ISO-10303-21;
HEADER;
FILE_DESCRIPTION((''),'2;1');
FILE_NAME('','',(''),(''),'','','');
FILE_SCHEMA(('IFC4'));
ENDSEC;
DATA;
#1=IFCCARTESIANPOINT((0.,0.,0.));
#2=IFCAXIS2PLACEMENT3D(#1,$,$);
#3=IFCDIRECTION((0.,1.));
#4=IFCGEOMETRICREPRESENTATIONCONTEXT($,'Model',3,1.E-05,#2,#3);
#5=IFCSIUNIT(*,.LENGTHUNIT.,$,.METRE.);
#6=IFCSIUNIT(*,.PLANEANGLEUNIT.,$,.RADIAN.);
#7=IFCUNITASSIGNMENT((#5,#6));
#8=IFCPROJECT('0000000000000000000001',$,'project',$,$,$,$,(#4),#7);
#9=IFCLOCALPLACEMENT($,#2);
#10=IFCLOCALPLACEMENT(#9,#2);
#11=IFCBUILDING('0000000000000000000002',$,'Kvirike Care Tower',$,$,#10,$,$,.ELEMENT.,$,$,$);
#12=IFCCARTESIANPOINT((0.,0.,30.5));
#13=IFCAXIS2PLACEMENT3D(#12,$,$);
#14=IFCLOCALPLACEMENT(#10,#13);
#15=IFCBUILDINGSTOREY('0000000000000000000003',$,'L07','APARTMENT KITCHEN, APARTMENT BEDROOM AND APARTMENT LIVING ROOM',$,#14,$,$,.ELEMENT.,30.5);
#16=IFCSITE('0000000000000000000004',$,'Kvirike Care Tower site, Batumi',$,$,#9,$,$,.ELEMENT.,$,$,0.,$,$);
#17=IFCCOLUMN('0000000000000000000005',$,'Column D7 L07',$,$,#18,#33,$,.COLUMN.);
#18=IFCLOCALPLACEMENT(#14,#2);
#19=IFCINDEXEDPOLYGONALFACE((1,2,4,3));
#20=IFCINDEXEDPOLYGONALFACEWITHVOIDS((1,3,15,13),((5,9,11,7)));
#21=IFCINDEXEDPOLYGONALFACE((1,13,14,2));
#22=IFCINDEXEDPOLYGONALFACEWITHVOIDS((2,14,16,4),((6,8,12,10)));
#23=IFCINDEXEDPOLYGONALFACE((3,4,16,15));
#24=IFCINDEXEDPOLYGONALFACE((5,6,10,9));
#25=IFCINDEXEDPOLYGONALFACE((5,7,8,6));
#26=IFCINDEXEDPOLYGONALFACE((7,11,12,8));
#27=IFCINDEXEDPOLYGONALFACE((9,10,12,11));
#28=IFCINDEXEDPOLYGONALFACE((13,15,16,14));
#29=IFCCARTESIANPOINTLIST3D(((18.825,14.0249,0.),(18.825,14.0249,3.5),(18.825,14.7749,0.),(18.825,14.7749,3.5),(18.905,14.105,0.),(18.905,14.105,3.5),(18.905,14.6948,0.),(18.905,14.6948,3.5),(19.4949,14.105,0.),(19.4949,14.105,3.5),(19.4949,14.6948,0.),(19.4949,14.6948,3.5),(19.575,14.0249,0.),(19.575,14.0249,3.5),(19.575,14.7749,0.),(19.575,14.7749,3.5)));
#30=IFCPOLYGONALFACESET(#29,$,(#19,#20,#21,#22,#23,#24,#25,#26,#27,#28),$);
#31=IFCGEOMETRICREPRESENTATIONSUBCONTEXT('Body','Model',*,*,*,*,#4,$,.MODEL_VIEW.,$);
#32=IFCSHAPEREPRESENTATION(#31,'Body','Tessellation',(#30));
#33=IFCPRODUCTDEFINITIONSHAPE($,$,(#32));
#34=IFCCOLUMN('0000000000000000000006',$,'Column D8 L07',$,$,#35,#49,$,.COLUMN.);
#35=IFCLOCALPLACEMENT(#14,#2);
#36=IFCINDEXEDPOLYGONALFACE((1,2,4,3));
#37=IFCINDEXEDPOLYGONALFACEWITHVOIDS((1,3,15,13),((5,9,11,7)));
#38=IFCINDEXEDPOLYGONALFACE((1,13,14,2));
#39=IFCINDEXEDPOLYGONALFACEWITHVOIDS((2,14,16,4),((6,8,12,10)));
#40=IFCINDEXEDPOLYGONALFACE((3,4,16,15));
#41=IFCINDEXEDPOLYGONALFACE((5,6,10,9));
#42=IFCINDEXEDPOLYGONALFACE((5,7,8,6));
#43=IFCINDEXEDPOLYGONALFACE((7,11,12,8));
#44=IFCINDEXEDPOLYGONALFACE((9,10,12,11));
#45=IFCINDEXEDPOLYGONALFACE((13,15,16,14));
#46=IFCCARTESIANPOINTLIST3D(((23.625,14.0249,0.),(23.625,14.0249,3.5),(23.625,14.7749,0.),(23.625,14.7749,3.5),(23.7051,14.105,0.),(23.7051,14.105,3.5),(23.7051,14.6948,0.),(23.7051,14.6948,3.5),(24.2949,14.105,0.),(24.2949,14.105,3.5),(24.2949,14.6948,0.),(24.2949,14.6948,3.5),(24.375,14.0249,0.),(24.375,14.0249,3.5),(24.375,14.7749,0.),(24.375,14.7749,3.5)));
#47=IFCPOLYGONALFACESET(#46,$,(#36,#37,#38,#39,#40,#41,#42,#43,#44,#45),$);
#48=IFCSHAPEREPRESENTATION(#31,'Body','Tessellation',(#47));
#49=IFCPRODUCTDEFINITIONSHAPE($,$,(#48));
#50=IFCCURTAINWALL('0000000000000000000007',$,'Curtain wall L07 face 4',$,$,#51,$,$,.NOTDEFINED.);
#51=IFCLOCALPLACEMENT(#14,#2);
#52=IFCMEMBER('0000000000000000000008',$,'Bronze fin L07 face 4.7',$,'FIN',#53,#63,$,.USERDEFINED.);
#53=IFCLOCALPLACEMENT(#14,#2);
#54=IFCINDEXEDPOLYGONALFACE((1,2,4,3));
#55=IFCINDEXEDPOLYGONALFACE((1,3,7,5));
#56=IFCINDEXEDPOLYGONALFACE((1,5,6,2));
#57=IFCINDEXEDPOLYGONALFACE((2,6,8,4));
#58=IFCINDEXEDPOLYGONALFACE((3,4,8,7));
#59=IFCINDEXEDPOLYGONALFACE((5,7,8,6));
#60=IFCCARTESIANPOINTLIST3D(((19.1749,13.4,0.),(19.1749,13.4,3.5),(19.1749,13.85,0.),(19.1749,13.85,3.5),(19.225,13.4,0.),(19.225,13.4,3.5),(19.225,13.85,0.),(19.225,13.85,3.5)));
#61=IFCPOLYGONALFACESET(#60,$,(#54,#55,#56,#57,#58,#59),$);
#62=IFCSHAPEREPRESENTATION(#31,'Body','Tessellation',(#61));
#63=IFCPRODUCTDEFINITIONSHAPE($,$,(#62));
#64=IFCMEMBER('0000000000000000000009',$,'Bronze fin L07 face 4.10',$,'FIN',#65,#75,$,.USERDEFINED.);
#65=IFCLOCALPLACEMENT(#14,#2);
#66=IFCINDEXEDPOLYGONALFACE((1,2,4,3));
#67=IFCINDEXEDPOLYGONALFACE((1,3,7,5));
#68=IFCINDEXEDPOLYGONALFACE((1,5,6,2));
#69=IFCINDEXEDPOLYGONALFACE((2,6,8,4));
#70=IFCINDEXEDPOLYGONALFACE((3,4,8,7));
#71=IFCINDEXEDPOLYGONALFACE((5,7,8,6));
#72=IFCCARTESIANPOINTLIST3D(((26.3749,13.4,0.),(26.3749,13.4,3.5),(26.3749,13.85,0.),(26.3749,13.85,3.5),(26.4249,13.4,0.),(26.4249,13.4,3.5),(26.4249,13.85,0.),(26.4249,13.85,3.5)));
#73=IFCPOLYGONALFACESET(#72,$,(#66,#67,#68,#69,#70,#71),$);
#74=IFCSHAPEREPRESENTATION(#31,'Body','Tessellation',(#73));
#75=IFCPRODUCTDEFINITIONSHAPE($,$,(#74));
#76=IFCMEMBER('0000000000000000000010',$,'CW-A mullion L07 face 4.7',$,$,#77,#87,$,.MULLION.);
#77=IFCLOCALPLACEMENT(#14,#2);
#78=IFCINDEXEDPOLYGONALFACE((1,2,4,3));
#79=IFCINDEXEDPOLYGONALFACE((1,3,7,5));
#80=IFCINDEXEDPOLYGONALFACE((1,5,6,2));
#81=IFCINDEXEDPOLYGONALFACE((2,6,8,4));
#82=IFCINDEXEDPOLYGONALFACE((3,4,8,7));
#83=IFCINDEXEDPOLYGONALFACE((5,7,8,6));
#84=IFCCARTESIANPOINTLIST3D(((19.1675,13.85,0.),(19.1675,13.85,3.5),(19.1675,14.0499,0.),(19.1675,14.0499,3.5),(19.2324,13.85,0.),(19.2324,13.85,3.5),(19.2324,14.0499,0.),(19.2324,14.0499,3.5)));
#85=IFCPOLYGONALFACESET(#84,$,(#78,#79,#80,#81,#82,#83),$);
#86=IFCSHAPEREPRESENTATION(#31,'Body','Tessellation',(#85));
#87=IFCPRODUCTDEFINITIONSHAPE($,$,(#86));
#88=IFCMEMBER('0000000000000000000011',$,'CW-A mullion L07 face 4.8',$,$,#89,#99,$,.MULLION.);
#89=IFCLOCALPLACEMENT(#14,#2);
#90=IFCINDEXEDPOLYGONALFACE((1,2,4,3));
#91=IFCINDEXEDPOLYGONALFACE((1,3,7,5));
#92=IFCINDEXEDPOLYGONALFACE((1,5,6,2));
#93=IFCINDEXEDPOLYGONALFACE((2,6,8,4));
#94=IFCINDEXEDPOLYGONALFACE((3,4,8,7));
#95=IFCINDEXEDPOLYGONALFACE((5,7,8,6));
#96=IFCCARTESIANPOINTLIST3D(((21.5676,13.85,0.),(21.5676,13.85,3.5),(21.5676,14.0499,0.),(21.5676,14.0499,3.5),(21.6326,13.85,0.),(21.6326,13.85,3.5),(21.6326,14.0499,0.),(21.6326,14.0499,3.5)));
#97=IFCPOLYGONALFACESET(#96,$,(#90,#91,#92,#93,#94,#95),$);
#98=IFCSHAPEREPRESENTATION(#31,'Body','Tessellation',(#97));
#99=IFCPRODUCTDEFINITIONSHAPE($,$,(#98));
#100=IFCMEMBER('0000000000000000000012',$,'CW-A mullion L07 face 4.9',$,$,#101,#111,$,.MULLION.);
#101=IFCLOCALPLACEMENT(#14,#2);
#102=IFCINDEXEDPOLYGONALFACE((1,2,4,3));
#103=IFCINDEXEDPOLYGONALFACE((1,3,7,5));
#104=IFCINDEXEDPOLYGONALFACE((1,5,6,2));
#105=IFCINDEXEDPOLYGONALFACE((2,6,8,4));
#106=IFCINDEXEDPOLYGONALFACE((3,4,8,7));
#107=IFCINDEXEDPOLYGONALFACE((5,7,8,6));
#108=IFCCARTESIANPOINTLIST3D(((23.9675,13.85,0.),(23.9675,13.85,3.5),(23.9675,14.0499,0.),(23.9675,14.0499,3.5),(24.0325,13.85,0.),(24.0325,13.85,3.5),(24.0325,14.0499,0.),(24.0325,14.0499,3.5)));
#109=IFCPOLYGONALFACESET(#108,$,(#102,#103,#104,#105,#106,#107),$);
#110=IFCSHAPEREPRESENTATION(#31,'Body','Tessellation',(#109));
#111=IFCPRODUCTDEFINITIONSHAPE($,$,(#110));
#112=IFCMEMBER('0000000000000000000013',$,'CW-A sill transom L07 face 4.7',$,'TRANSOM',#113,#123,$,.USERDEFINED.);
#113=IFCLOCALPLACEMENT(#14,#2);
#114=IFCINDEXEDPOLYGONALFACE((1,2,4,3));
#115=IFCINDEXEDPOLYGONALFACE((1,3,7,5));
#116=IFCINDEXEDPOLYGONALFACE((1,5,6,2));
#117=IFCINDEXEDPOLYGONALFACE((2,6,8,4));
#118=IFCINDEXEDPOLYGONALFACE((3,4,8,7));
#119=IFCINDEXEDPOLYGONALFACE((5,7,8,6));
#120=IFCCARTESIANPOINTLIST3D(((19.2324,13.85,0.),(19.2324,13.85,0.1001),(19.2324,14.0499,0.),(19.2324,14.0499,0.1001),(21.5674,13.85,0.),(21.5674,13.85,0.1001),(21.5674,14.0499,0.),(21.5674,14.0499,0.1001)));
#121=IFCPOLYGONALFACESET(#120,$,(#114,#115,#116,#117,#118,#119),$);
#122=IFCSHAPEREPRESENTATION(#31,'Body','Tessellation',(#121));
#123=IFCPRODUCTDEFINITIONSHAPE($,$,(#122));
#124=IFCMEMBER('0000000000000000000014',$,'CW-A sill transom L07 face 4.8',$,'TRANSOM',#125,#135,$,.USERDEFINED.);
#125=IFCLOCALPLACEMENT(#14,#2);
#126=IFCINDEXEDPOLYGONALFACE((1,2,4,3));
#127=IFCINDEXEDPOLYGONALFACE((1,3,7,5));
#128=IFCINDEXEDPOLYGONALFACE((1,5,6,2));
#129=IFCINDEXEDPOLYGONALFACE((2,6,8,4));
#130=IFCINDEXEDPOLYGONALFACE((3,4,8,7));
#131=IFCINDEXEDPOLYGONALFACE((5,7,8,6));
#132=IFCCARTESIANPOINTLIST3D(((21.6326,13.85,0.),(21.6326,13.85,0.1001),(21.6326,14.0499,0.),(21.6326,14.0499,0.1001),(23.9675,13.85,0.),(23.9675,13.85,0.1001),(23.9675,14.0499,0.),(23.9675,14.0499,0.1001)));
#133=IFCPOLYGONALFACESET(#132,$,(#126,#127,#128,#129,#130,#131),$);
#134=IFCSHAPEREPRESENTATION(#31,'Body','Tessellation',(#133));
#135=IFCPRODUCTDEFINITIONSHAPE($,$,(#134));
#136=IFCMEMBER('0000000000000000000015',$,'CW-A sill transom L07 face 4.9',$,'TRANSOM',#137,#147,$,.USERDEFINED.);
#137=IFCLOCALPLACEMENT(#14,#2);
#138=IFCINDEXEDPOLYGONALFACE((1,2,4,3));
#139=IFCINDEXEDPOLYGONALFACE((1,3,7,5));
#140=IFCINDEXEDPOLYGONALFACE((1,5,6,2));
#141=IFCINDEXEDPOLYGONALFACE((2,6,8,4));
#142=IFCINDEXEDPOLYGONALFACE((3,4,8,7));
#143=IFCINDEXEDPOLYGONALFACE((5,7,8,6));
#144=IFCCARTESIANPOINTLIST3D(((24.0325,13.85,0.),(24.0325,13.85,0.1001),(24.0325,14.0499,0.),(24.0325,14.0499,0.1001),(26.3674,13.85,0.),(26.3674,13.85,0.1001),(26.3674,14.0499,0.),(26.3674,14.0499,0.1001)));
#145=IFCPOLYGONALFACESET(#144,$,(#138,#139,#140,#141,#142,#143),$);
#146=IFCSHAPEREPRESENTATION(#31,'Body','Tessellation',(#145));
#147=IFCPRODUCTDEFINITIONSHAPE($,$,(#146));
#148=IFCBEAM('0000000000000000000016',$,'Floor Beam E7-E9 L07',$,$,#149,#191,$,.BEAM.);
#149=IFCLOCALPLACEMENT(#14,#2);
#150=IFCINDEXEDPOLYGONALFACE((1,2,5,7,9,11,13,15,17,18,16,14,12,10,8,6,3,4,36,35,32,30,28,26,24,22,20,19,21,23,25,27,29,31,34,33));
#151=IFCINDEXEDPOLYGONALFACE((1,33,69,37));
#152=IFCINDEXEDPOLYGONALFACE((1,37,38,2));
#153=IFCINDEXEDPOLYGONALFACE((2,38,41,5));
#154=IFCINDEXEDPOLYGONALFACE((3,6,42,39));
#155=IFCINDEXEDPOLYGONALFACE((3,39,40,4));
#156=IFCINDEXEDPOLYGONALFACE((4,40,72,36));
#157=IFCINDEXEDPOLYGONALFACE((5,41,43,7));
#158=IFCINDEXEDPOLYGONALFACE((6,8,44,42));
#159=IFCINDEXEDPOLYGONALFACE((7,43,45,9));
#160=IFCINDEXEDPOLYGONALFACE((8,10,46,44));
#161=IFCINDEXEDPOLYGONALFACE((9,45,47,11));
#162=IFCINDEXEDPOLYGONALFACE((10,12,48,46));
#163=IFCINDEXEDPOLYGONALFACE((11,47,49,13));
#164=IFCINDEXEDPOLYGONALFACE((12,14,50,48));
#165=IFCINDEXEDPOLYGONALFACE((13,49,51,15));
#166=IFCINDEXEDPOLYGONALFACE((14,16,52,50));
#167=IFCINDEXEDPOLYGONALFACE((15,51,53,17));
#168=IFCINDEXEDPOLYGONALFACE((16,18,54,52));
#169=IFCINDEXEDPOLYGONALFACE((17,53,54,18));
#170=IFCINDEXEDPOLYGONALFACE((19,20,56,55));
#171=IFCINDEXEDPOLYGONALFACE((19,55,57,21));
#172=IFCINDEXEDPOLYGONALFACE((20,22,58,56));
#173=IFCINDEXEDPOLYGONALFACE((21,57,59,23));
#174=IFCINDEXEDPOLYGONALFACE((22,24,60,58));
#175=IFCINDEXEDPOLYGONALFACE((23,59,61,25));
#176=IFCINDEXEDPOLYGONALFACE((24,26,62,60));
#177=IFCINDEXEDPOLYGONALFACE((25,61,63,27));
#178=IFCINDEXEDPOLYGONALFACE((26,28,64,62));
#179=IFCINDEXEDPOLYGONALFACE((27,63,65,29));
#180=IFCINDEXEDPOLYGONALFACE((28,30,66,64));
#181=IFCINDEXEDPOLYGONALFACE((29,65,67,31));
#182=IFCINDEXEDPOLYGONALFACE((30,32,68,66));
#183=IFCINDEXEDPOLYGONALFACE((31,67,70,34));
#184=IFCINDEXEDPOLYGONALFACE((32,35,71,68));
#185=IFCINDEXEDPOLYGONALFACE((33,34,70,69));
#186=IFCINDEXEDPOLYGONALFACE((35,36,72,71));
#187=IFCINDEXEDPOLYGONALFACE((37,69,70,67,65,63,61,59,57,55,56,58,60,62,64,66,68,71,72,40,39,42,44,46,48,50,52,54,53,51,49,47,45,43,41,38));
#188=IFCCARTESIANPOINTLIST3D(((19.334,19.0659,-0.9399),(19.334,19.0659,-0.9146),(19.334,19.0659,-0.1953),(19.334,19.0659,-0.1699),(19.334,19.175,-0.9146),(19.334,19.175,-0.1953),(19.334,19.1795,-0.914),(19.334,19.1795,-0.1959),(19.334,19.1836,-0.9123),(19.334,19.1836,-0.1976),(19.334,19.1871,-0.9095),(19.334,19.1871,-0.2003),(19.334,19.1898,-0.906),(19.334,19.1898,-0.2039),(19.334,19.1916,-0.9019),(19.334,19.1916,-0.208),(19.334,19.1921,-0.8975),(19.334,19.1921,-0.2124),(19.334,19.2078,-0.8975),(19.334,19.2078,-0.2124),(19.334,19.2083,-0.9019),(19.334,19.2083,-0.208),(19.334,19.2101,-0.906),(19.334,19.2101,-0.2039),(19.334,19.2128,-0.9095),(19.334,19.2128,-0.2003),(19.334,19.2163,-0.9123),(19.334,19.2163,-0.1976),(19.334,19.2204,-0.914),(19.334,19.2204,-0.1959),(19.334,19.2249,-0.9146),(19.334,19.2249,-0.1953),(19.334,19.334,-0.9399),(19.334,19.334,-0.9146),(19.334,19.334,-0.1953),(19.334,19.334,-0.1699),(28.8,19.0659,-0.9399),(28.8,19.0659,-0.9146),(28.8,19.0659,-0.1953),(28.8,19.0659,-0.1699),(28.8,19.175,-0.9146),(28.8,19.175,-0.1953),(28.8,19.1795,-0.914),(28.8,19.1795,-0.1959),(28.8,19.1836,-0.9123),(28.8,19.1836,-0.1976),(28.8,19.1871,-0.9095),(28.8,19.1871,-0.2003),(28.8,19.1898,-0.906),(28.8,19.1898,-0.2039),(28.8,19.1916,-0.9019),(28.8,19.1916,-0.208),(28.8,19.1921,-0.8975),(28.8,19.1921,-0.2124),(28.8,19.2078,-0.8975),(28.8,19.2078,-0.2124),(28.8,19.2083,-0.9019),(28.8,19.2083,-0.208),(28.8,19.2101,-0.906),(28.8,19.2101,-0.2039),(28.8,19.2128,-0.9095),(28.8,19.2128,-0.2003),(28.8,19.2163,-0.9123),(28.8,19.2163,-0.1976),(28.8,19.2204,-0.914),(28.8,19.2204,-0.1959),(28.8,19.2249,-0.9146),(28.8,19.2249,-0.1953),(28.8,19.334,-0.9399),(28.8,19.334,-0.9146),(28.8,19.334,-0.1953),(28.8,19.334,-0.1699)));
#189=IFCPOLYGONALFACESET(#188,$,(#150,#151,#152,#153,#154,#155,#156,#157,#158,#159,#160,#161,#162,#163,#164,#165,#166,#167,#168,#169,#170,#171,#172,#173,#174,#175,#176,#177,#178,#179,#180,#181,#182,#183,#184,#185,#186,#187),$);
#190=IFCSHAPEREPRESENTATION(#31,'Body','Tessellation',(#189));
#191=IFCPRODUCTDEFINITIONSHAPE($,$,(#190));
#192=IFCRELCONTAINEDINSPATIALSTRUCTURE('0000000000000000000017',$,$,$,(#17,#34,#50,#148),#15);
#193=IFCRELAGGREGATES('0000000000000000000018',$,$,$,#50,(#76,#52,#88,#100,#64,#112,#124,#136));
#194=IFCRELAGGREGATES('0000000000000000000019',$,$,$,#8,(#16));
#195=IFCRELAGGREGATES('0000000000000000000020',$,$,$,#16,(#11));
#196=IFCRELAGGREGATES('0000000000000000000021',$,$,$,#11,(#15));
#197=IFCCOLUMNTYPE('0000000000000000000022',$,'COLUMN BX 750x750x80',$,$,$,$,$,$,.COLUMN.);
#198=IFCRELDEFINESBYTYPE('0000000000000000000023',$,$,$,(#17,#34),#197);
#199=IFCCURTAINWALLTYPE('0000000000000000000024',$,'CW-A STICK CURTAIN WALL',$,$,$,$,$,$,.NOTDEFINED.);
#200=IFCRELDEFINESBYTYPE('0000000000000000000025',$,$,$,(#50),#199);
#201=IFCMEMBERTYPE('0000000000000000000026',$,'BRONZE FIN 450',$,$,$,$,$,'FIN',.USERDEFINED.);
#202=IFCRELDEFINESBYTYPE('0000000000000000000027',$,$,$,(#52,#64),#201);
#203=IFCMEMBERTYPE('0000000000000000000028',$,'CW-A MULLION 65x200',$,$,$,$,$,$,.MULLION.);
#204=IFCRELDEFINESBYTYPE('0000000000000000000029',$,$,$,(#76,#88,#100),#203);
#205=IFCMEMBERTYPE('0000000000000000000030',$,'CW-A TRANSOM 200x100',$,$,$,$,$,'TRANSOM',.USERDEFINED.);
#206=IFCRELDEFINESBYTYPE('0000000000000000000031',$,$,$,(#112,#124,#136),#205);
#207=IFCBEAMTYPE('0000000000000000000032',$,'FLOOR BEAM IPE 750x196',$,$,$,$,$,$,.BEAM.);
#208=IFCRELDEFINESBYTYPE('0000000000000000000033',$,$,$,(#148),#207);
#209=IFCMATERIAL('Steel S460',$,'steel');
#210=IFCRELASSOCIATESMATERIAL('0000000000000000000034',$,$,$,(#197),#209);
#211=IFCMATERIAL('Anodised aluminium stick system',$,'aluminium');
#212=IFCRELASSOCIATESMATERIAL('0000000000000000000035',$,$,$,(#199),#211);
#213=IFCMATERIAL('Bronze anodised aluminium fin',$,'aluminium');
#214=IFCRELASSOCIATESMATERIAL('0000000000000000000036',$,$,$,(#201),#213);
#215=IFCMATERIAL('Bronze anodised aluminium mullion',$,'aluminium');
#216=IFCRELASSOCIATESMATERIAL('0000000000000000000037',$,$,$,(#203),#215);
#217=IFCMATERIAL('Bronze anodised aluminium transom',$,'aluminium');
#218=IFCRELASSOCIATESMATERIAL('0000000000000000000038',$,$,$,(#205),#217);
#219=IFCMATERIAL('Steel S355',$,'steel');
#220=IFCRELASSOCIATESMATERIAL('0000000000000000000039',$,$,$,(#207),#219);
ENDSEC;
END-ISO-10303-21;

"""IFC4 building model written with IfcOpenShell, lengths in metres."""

from ifc_helpers import new_model, si_unit, direction, frame, origin, origin_2d, place, context, subcontext, project, spatial, rectangle, hollow_rectangle, i_section, extrude, material, material_profile, profile_set, type_object, element, aggregate, save


model = new_model("IFC4")

# Units and contexts
model_context = context("Model", 3, precision=1e-05, world=origin(), true_north=direction((0.0, 1.0)))
body_context = subcontext(model_context, "Body", "Model", "MODEL_VIEW")
ifc_project = project(units=[si_unit("LENGTHUNIT", "METRE"), si_unit("PLANEANGLEUNIT", "RADIAN")], contexts=[model_context])

# Site, building, storey
site_placement = place(None, origin())
site = spatial("IfcSite", under=ifc_project, at=site_placement, Name="Kvirike Care Tower site, Batumi", CompositionType="ELEMENT", RefElevation=0.0)
building_placement = place(site_placement, origin())
building = spatial("IfcBuilding", under=site, at=building_placement, Name="Kvirike Care Tower", CompositionType="ELEMENT")
storey_placement = place(building_placement, frame((0.0, 0.0, 30.5)))
storey = spatial("IfcBuildingStorey", under=building, at=storey_placement, Name="L07", Description="APARTMENT KITCHEN, APARTMENT BEDROOM AND APARTMENT LIVING ROOM", CompositionType="ELEMENT", Elevation=30.5)

# Columns
ifc_material_1 = material(Name="Steel S460", Category="steel")
ifc_material_profile_1 = material_profile(ifc_material_1, hollow_rectangle(XDim=0.75, YDim=0.75, WallThickness=0.0801, at=origin_2d()), Name="BX 750x750x80")
ifc_profile_set_1 = profile_set([ifc_material_profile_1], Name="Steel S460")
column_type = type_object("IfcColumnType", Name="COLUMN BX 750x750x80", PredefinedType="COLUMN", material=ifc_profile_set_1)
for number, where, z_axis, x_axis, name in (
    (1, (19.2, 14.3999, 0.0), (0.0, 0.0, 1.0), (0.0, 1.0, 0.0), "Column D7 L07"),
    (2, (24.0, 14.3999, 0.0), (0.0, 0.0, 1.0), (0.0, 1.0, 0.0), "Column D8 L07"),
):
    element("IfcColumn", number, at=place(storey_placement, frame(where, z_axis=z_axis, x_axis=x_axis)), inside=storey, type_object=column_type, Name=name, PredefinedType="COLUMN", context=body_context, shape_type="SweptSolid", body=[
        extrude(hollow_rectangle(XDim=0.75, YDim=0.75, WallThickness=0.0801, at=origin_2d()), origin(), (0.0, 0.0, 1.0), 3.5),
    ])

# Curtain wall, members
ifc_material_2 = material(Name="Anodised aluminium stick system", Category="aluminium")
curtain_wall_type = type_object("IfcCurtainWallType", Name="CW-A STICK CURTAIN WALL", PredefinedType="NOTDEFINED", material=ifc_material_2)
curtain_wall_placement = place(storey_placement, origin())
curtain_wall = element("IfcCurtainWall", 3, at=curtain_wall_placement, inside=storey, type_object=curtain_wall_type, Name="Curtain wall L07 face 4", PredefinedType="NOTDEFINED")
ifc_material_3 = material(Name="Bronze anodised aluminium fin", Category="aluminium")
ifc_material_profile_2 = material_profile(ifc_material_3, rectangle(XDim=0.05, YDim=0.45, at=origin_2d()), Name="BRONZE FIN 450")
ifc_profile_set_2 = profile_set([ifc_material_profile_2], Name="Bronze anodised aluminium fin")
member_type_1 = type_object("IfcMemberType", Name="BRONZE FIN 450", ElementType="FIN", PredefinedType="USERDEFINED", material=ifc_profile_set_2)
member_1_placement = place(storey_placement, frame((19.2, 13.625, 0.0), z_axis=(0.0, 0.0, 1.0), x_axis=(1.0, 0.0, 0.0)))
member_1 = element("IfcMember", 4, at=member_1_placement, type_object=member_type_1, Name="Bronze fin L07 face 4.7", ObjectType="FIN", PredefinedType="USERDEFINED", context=body_context, shape_type="SweptSolid", body=[
    extrude(rectangle(XDim=0.05, YDim=0.45, at=origin_2d()), origin(), (0.0, 0.0, 1.0), 3.5),
])
member_2_placement = place(storey_placement, frame((26.3999, 13.625, 0.0), z_axis=(0.0, 0.0, 1.0), x_axis=(1.0, 0.0, 0.0)))
member_2 = element("IfcMember", 5, at=member_2_placement, type_object=member_type_1, Name="Bronze fin L07 face 4.10", ObjectType="FIN", PredefinedType="USERDEFINED", context=body_context, shape_type="SweptSolid", body=[
    extrude(rectangle(XDim=0.05, YDim=0.45, at=origin_2d()), origin(), (0.0, 0.0, 1.0), 3.5),
])
ifc_material_4 = material(Name="Bronze anodised aluminium mullion", Category="aluminium")
ifc_material_profile_3 = material_profile(ifc_material_4, rectangle(XDim=0.0649, YDim=0.2, at=origin_2d()), Name="CW-A MULLION 65x200")
ifc_profile_set_3 = profile_set([ifc_material_profile_3], Name="Bronze anodised aluminium mullion")
member_type_2 = type_object("IfcMemberType", Name="CW-A MULLION 65x200", PredefinedType="MULLION", material=ifc_profile_set_3)
member_3_placement = place(storey_placement, frame((19.2, 13.95, 0.0), z_axis=(0.0, 0.0, 1.0), x_axis=(1.0, 0.0, 0.0)))
member_3 = element("IfcMember", 6, at=member_3_placement, type_object=member_type_2, Name="CW-A mullion L07 face 4.7", PredefinedType="MULLION", context=body_context, shape_type="SweptSolid", body=[
    extrude(rectangle(XDim=0.0649, YDim=0.2, at=origin_2d()), origin(), (0.0, 0.0, 1.0), 3.5),
])
member_4_placement = place(storey_placement, frame((21.6001, 13.95, 0.0), z_axis=(0.0, 0.0, 1.0), x_axis=(1.0, 0.0, 0.0)))
member_4 = element("IfcMember", 7, at=member_4_placement, type_object=member_type_2, Name="CW-A mullion L07 face 4.8", PredefinedType="MULLION", context=body_context, shape_type="SweptSolid", body=[
    extrude(rectangle(XDim=0.0649, YDim=0.2, at=origin_2d()), origin(), (0.0, 0.0, 1.0), 3.5),
])
member_5_placement = place(storey_placement, frame((24.0, 13.95, 0.0), z_axis=(0.0, 0.0, 1.0), x_axis=(1.0, 0.0, 0.0)))
member_5 = element("IfcMember", 8, at=member_5_placement, type_object=member_type_2, Name="CW-A mullion L07 face 4.9", PredefinedType="MULLION", context=body_context, shape_type="SweptSolid", body=[
    extrude(rectangle(XDim=0.0649, YDim=0.2, at=origin_2d()), origin(), (0.0, 0.0, 1.0), 3.5),
])
ifc_material_5 = material(Name="Bronze anodised aluminium transom", Category="aluminium")
ifc_material_profile_4 = material_profile(ifc_material_5, rectangle(XDim=0.2, YDim=0.1001, at=origin_2d()), Name="CW-A TRANSOM 200x100")
ifc_profile_set_4 = profile_set([ifc_material_profile_4], Name="Bronze anodised aluminium transom")
member_type_3 = type_object("IfcMemberType", Name="CW-A TRANSOM 200x100", ElementType="TRANSOM", PredefinedType="USERDEFINED", material=ifc_profile_set_4)
member_6_placement = place(storey_placement, frame((19.2324, 13.95, 0.05), z_axis=(1.0, 0.0, 0.0), x_axis=(0.0, 1.0, 0.0)))
member_6 = element("IfcMember", 9, at=member_6_placement, type_object=member_type_3, Name="CW-A sill transom L07 face 4.7", ObjectType="TRANSOM", PredefinedType="USERDEFINED", context=body_context, shape_type="SweptSolid", body=[
    extrude(rectangle(XDim=0.2, YDim=0.1001, at=origin_2d()), origin(), (0.0, 0.0, 1.0), 2.335),
])
member_7_placement = place(storey_placement, frame((21.6326, 13.95, 0.05), z_axis=(1.0, 0.0, 0.0), x_axis=(0.0, 1.0, 0.0)))
member_7 = element("IfcMember", 10, at=member_7_placement, type_object=member_type_3, Name="CW-A sill transom L07 face 4.8", ObjectType="TRANSOM", PredefinedType="USERDEFINED", context=body_context, shape_type="SweptSolid", body=[
    extrude(rectangle(XDim=0.2, YDim=0.1001, at=origin_2d()), origin(), (0.0, 0.0, 1.0), 2.335),
])
member_8_placement = place(storey_placement, frame((24.0325, 13.95, 0.05), z_axis=(1.0, 0.0, 0.0), x_axis=(0.0, 1.0, 0.0)))
member_8 = element("IfcMember", 11, at=member_8_placement, type_object=member_type_3, Name="CW-A sill transom L07 face 4.9", ObjectType="TRANSOM", PredefinedType="USERDEFINED", context=body_context, shape_type="SweptSolid", body=[
    extrude(rectangle(XDim=0.2, YDim=0.1001, at=origin_2d()), origin(), (0.0, 0.0, 1.0), 2.335),
])

# Beam
ifc_material_6 = material(Name="Steel S355", Category="steel")
ifc_material_profile_5 = material_profile(ifc_material_6, i_section(OverallWidth=0.2681, OverallDepth=0.77, WebThickness=0.0156, FlangeThickness=0.0254, FilletRadius=0.0171, at=origin_2d()), Name="IPE 750x196")
ifc_profile_set_5 = profile_set([ifc_material_profile_5], Name="Steel S355")
beam_type_1 = type_object("IfcBeamType", Name="FLOOR BEAM IPE 750x196", PredefinedType="BEAM", material=ifc_profile_set_5)
beam_1_placement = place(storey_placement, frame((19.334, 19.2, -0.5549), z_axis=(1.0, 0.0, 0.0), x_axis=(0.0, 1.0, 0.0)))
element("IfcBeam", 12, at=beam_1_placement, inside=storey, type_object=beam_type_1, Name="Floor Beam E7-E9 L07", PredefinedType="BEAM", context=body_context, shape_type="SweptSolid", body=[
    extrude(i_section(OverallWidth=0.2681, OverallDepth=0.77, WebThickness=0.0156, FlangeThickness=0.0254, FilletRadius=0.0171, at=origin_2d()), origin(), (0.0, 0.0, 1.0), 9.4661),
])

aggregate(curtain_wall, [member_3, member_1, member_4, member_5, member_2, member_6, member_7, member_8])

save(model, "model.ifc")
